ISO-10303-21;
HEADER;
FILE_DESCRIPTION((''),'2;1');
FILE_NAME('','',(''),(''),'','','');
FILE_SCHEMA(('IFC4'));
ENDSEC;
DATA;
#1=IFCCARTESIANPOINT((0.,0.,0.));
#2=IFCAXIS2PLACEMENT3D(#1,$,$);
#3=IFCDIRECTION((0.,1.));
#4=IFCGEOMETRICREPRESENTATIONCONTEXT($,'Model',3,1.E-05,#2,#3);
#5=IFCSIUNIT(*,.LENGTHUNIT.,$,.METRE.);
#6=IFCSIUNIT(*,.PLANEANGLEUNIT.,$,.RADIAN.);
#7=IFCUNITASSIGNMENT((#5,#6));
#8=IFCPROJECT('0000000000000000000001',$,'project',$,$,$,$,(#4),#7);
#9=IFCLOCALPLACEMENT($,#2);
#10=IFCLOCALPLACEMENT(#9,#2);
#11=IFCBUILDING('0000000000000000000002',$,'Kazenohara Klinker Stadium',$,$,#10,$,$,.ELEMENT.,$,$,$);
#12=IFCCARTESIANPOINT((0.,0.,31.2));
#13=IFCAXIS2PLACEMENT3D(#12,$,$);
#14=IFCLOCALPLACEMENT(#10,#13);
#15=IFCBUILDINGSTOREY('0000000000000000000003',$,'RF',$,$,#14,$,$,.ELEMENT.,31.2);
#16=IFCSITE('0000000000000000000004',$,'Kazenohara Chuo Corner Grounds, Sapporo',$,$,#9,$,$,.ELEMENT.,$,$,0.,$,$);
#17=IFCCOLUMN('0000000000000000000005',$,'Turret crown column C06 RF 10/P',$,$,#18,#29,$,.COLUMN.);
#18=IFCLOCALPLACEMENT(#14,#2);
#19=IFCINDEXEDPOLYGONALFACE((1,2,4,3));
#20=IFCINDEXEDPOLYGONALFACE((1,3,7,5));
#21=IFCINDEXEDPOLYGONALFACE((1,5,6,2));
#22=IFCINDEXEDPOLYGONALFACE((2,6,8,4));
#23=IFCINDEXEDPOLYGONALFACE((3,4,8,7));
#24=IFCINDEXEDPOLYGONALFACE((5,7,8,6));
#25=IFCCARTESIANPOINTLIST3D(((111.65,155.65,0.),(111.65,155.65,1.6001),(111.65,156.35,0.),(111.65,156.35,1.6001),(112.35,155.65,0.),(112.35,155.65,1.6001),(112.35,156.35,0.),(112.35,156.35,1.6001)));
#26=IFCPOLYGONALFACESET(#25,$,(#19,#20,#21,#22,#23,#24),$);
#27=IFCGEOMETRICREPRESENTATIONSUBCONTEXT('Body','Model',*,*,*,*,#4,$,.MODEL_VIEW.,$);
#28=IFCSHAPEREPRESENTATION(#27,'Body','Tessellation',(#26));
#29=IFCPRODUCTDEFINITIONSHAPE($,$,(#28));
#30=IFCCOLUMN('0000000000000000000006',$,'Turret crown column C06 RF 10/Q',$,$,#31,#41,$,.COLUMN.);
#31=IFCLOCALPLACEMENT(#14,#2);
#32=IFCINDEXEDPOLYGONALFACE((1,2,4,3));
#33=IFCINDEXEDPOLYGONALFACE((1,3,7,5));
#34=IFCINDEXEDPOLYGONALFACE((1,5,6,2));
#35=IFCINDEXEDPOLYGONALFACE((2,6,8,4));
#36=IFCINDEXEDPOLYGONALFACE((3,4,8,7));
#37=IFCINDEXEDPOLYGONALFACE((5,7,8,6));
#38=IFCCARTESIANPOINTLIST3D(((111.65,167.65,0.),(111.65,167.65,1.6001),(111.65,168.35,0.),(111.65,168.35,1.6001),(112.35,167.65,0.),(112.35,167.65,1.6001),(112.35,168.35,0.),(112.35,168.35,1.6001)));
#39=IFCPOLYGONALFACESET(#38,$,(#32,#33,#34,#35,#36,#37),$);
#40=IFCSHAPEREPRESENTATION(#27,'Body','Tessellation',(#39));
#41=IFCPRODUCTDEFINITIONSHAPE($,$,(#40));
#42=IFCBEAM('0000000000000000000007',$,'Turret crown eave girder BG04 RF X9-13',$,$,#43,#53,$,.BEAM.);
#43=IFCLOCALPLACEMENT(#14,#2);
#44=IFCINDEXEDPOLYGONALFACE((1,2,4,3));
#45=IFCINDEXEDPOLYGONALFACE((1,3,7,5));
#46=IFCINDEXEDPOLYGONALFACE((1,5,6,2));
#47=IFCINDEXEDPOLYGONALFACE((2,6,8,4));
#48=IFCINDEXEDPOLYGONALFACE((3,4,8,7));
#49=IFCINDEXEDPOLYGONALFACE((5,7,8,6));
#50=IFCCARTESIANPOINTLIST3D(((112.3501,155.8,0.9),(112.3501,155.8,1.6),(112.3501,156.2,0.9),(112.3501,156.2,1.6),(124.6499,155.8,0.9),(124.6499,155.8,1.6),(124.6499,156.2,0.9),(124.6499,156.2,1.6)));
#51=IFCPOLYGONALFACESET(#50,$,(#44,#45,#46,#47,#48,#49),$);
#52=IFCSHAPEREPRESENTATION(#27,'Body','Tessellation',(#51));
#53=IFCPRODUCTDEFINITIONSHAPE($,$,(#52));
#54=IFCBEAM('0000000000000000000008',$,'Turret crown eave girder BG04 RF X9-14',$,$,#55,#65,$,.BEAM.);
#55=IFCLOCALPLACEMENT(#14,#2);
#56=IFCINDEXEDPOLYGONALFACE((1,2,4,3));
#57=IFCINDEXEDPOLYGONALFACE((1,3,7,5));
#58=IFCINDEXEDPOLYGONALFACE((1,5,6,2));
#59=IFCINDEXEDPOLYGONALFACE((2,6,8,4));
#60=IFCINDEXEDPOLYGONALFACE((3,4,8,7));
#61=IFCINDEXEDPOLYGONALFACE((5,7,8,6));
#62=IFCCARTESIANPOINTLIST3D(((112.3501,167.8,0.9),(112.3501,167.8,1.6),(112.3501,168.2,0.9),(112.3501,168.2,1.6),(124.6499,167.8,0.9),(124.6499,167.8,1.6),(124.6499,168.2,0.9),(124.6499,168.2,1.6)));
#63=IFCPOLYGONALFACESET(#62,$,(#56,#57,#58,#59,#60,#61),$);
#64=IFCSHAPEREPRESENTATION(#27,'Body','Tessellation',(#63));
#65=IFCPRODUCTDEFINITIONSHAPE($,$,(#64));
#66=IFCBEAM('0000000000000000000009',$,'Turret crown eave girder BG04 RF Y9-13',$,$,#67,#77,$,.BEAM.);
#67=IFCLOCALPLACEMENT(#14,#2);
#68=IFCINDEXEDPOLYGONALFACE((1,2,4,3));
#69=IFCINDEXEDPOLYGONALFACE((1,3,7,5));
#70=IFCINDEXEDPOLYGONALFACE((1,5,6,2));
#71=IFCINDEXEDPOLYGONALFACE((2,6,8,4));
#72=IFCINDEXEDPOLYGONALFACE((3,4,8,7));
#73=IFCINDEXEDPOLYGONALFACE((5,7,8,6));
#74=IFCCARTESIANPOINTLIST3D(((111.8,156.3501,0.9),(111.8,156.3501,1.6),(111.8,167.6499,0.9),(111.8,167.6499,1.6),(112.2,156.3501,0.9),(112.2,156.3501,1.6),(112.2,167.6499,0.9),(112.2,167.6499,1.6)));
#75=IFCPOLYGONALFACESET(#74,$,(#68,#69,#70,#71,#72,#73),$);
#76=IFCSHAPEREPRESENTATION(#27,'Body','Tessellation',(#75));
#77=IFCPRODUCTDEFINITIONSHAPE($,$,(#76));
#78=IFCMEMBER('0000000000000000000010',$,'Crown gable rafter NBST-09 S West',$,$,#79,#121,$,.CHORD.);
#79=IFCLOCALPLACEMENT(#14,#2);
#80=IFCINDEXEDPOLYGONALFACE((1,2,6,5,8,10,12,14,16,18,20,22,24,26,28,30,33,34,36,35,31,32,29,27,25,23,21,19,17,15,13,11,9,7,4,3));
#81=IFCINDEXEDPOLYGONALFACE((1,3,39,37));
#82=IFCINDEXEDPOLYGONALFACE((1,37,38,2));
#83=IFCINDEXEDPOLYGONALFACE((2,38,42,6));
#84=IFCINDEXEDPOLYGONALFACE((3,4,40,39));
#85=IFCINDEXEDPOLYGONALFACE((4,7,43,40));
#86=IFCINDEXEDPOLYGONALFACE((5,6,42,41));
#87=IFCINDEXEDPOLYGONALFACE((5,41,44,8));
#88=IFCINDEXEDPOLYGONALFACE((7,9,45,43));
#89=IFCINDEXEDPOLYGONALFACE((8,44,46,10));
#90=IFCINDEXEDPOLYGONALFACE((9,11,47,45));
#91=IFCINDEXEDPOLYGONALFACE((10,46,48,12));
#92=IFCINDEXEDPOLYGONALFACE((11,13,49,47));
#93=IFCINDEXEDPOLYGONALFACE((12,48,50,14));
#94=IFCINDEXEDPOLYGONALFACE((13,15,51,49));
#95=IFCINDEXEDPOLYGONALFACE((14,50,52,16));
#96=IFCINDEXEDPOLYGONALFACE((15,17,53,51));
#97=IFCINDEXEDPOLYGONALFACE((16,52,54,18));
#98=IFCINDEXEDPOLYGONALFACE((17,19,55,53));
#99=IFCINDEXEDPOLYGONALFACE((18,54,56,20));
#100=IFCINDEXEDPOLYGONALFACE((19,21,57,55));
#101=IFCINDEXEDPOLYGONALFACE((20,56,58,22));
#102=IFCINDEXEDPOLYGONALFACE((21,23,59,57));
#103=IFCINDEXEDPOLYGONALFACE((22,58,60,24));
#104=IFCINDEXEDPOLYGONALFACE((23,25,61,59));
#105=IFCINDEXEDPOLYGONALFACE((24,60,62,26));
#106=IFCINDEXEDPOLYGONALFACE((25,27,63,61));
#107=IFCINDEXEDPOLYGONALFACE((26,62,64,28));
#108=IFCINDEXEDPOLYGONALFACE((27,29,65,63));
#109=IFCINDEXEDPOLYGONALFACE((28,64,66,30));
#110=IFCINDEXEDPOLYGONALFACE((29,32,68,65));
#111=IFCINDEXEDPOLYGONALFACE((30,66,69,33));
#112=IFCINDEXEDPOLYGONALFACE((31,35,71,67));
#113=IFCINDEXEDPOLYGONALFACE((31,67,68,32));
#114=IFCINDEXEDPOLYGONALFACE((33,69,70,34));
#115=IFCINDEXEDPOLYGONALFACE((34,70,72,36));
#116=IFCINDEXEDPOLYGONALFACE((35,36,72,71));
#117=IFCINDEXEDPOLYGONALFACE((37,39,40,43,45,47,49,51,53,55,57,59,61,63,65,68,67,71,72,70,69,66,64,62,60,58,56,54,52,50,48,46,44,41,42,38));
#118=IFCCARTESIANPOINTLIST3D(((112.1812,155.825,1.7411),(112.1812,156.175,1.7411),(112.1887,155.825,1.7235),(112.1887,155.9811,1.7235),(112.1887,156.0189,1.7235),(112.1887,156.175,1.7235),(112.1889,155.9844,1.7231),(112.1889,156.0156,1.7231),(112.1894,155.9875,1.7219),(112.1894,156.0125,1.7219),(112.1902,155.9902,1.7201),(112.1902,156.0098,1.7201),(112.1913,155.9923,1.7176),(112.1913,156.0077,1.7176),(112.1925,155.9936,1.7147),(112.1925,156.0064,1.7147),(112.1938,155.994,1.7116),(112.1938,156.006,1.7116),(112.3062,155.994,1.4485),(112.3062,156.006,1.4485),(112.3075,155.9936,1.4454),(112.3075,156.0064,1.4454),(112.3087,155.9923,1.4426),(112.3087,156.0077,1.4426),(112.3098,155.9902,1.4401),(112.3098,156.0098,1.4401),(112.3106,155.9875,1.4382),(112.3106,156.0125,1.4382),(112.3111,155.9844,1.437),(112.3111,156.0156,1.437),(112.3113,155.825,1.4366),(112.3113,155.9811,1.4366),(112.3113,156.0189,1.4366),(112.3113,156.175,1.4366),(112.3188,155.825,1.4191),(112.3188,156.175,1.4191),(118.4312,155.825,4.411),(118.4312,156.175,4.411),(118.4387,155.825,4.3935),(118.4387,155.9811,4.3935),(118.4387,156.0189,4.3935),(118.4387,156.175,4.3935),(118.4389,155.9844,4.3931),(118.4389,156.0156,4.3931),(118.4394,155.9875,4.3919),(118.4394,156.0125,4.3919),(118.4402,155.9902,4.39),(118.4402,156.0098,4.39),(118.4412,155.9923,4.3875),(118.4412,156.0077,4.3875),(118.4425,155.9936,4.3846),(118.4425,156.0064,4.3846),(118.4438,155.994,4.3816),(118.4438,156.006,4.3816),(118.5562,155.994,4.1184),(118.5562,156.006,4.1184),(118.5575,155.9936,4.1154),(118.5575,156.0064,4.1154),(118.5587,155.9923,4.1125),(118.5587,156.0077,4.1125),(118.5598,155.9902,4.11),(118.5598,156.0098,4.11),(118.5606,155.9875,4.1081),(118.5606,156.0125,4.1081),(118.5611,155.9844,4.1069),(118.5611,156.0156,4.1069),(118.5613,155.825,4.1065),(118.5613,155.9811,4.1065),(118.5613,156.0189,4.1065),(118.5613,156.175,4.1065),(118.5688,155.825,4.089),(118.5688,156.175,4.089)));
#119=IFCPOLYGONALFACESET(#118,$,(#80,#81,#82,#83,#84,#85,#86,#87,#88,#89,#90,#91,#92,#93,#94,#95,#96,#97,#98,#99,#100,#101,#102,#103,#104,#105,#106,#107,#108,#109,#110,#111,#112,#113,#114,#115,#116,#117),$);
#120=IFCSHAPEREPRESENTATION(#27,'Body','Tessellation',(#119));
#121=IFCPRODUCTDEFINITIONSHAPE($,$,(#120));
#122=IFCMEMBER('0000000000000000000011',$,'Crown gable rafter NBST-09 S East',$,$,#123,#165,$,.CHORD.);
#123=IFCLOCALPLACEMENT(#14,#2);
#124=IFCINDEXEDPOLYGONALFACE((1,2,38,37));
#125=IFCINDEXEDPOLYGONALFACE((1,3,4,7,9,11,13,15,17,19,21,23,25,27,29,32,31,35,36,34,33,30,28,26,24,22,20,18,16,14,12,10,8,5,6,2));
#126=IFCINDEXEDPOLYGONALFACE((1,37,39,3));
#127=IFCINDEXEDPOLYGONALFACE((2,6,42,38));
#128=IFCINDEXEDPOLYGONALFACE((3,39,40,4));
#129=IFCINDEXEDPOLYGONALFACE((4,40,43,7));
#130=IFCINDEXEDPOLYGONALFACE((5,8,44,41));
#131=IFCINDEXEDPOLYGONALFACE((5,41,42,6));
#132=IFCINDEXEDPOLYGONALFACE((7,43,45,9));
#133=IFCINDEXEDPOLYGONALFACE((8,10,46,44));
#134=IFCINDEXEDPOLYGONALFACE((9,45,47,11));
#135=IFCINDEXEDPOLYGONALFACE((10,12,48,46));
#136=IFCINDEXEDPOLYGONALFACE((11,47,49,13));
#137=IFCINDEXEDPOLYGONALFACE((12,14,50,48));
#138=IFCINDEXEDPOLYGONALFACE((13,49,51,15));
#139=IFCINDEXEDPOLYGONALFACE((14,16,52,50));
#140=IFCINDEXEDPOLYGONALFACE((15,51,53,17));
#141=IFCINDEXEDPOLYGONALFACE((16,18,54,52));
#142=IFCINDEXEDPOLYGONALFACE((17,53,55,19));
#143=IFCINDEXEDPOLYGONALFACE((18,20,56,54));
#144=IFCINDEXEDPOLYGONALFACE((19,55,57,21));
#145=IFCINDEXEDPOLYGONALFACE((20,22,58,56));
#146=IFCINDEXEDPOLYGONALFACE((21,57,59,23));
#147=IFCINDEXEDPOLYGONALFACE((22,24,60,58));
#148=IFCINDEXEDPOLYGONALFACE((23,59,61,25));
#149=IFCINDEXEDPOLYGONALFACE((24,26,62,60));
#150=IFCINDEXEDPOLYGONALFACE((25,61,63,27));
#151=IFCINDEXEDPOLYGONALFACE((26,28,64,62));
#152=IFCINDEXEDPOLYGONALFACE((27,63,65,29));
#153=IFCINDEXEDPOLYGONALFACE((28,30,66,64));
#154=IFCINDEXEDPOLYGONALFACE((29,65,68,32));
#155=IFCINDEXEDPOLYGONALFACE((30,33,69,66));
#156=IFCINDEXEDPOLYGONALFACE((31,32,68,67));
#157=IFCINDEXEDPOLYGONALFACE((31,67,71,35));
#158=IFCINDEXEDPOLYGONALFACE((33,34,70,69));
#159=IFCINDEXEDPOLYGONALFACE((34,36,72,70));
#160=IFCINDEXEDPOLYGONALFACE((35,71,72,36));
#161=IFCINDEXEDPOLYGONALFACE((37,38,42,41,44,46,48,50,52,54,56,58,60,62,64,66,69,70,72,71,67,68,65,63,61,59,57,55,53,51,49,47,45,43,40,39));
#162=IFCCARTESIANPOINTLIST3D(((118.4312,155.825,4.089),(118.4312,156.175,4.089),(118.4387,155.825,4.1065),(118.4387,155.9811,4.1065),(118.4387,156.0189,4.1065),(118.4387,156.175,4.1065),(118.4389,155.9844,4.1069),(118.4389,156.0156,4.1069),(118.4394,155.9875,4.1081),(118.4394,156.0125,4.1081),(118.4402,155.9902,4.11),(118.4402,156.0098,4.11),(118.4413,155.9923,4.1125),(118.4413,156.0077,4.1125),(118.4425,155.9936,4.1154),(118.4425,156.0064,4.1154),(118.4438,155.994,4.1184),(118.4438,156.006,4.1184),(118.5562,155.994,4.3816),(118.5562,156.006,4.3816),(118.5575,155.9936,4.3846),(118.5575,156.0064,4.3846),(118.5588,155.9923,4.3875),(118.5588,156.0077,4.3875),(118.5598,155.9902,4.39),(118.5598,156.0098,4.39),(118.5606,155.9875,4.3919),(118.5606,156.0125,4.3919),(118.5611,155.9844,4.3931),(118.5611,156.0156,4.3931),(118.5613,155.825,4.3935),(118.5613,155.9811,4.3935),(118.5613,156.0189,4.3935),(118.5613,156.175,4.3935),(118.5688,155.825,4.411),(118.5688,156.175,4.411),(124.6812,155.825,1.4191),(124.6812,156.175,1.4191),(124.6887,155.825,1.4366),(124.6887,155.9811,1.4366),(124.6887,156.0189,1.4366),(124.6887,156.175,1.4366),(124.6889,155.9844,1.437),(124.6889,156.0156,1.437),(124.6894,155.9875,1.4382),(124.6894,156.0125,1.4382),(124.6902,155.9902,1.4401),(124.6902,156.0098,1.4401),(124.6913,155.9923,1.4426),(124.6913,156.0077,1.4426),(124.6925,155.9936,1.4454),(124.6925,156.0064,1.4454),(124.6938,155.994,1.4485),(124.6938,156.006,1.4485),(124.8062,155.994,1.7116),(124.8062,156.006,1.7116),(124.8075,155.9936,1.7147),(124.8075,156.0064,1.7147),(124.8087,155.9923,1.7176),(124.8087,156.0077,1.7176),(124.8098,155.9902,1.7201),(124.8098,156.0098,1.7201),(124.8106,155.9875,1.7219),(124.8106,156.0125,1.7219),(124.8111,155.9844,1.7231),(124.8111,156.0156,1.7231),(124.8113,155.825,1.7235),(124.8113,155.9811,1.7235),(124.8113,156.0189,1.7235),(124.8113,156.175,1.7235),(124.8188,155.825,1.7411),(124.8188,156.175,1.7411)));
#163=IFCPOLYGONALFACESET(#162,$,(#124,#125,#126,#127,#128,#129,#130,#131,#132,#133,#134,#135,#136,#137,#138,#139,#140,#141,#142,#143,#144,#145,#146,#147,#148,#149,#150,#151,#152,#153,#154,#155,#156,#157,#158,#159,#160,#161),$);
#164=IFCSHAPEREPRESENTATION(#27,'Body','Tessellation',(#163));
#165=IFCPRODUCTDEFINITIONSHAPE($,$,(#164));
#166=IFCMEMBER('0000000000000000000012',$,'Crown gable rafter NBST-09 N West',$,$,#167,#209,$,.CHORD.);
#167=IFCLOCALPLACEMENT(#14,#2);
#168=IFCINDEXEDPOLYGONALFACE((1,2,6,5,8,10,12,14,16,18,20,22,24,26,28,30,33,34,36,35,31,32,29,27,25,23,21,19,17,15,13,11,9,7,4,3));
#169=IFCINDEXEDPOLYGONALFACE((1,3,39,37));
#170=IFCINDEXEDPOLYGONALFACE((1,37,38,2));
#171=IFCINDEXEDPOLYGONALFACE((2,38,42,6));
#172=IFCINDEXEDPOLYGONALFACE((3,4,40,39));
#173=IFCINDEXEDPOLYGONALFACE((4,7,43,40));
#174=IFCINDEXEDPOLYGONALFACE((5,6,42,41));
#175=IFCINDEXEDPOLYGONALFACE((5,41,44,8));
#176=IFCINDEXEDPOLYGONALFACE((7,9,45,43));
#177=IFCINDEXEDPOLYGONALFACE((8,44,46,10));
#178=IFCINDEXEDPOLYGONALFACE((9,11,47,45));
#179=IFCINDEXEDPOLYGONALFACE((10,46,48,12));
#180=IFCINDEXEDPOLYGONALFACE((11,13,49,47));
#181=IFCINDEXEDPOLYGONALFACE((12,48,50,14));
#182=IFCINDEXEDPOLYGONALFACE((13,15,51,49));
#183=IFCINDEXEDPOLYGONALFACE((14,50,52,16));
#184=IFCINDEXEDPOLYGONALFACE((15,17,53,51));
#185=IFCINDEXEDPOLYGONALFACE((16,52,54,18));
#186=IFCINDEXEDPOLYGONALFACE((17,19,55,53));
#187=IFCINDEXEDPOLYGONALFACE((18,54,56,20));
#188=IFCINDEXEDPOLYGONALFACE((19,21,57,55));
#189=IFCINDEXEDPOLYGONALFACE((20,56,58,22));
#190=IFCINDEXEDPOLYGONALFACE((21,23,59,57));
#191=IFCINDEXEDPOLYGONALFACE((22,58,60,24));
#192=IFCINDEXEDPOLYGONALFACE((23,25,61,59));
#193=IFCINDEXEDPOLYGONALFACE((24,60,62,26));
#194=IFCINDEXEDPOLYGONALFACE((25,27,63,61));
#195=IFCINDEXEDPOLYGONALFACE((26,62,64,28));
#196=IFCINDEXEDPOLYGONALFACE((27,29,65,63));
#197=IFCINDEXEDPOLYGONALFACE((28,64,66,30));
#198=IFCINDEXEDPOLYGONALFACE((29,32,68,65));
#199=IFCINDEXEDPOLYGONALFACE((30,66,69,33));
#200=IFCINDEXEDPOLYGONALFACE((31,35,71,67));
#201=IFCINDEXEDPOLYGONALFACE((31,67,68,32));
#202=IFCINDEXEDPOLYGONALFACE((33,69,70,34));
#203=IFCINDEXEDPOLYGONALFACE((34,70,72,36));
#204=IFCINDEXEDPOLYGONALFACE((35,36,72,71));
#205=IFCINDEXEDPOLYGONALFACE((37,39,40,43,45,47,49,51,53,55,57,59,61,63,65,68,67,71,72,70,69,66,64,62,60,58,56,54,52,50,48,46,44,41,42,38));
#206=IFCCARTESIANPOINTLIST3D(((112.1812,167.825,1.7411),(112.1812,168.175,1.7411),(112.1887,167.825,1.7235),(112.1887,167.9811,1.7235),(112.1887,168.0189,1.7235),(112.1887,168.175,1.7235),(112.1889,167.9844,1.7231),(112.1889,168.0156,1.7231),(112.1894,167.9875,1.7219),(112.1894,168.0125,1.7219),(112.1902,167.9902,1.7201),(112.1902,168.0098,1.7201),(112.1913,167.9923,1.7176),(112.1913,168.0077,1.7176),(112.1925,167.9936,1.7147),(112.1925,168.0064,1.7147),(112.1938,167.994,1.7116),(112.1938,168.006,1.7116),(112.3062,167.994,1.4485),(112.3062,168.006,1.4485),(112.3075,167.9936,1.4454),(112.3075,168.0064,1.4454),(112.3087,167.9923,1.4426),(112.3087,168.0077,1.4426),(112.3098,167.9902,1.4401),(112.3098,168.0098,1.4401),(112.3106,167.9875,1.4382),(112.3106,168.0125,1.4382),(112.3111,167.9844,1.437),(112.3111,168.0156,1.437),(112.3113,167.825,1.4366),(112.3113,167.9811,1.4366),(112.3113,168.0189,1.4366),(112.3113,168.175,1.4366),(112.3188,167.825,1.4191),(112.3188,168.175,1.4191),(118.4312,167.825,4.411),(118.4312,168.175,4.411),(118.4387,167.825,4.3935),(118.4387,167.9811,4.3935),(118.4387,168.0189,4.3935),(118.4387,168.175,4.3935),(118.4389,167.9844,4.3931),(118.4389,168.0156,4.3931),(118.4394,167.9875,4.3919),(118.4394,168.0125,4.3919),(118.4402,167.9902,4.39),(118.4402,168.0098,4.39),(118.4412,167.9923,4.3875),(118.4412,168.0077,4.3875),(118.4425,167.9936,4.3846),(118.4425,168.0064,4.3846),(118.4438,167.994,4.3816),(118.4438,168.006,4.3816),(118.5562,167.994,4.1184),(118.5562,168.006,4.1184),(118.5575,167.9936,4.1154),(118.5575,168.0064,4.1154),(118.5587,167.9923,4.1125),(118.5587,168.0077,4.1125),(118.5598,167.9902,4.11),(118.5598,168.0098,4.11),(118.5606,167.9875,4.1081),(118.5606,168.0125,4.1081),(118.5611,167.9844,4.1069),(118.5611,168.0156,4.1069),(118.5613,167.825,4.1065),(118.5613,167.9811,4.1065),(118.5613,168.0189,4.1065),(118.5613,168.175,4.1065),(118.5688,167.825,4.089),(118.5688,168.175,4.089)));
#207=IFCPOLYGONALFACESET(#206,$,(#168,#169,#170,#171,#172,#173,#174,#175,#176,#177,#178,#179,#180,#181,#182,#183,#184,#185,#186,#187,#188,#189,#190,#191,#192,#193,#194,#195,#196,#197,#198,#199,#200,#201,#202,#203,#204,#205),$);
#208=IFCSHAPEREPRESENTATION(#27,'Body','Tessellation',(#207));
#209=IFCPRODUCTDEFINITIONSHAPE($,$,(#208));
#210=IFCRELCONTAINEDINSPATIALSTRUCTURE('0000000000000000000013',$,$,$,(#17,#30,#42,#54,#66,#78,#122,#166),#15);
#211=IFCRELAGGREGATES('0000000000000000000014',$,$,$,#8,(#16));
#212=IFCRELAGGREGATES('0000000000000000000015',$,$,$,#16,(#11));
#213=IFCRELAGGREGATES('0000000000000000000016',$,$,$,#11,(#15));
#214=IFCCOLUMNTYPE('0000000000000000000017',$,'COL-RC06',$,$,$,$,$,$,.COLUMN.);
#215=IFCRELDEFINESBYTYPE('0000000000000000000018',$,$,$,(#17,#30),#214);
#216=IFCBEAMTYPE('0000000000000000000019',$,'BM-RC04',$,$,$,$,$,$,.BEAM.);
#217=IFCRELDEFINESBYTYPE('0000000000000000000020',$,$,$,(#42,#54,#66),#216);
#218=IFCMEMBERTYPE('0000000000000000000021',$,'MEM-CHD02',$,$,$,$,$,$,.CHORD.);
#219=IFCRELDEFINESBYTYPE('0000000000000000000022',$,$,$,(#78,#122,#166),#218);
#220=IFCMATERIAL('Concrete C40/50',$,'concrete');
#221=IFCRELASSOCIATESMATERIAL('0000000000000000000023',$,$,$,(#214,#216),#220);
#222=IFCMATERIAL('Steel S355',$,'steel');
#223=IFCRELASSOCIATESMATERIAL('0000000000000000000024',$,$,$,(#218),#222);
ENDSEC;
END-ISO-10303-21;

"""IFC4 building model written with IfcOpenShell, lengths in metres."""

from ifc_helpers import new_model, si_unit, direction, frame, origin, origin_2d, place, context, subcontext, project, spatial, rectangle, i_section, extrude, material, material_profile, profile_set, type_object, element, save


model = new_model("IFC4")

# Units and contexts
model_context = context("Model", 3, precision=1e-05, world=origin(), true_north=direction((0.0, 1.0)))
body_context = subcontext(model_context, "Body", "Model", "MODEL_VIEW")
ifc_project = project(units=[si_unit("LENGTHUNIT", "METRE"), si_unit("PLANEANGLEUNIT", "RADIAN")], contexts=[model_context])

# Site, building, storey
site_placement = place(None, origin())
site = spatial("IfcSite", under=ifc_project, at=site_placement, Name="Kazenohara Chuo Corner Grounds, Sapporo", CompositionType="ELEMENT", RefElevation=0.0)
building_placement = place(site_placement, origin())
building = spatial("IfcBuilding", under=site, at=building_placement, Name="Kazenohara Klinker Stadium", CompositionType="ELEMENT")
storey_placement = place(building_placement, frame((0.0, 0.0, 31.2)))
storey = spatial("IfcBuildingStorey", under=building, at=storey_placement, Name="RF", CompositionType="ELEMENT", Elevation=31.2)

# Columns
ifc_material_1 = material(Name="Concrete C40/50", Category="concrete")
ifc_material_profile_1 = material_profile(ifc_material_1, rectangle(XDim=0.7, YDim=0.7, at=origin_2d()), Name="RC-COL-700x700")
ifc_profile_set_1 = profile_set([ifc_material_profile_1], Name="Concrete C40/50")
column_type = type_object("IfcColumnType", Name="COL-RC06", PredefinedType="COLUMN", material=ifc_profile_set_1)
for number, where, z_axis, x_axis, name in (
    (1, (112.0, 156.0, 0.0), (0.0, 0.0, 1.0), (1.0, 0.0, 0.0), "Turret crown column C06 RF 10/P"),
    (2, (112.0, 168.0, 0.0), (0.0, 0.0, 1.0), (1.0, 0.0, 0.0), "Turret crown column C06 RF 10/Q"),
):
    element("IfcColumn", number, at=place(storey_placement, frame(where, z_axis=z_axis, x_axis=x_axis)), inside=storey, type_object=column_type, Name=name, PredefinedType="COLUMN", context=body_context, shape_type="SweptSolid", body=[
        extrude(rectangle(XDim=0.7, YDim=0.7, at=origin_2d()), origin(), (0.0, 0.0, 1.0), 1.6001),
    ])

# Beams
ifc_material_profile_2 = material_profile(ifc_material_1, rectangle(XDim=0.3999, YDim=0.7, at=origin_2d()), Name="RC-BM-400x700")
ifc_profile_set_2 = profile_set([ifc_material_profile_2], Name="Concrete C40/50")
beam_type = type_object("IfcBeamType", Name="BM-RC04", PredefinedType="BEAM", material=ifc_profile_set_2)
for number, where, z_axis, x_axis, name in (
    (3, (112.3501, 156.0, 1.25), (1.0, 0.0, 0.0), (0.0, 1.0, 0.0), "Turret crown eave girder BG04 RF X9-13"),
    (4, (112.3501, 168.0, 1.25), (1.0, 0.0, 0.0), (0.0, 1.0, 0.0), "Turret crown eave girder BG04 RF X9-14"),
):
    element("IfcBeam", number, at=place(storey_placement, frame(where, z_axis=z_axis, x_axis=x_axis)), inside=storey, type_object=beam_type, Name=name, PredefinedType="BEAM", context=body_context, shape_type="SweptSolid", body=[
        extrude(rectangle(XDim=0.3999, YDim=0.7, at=origin_2d()), origin(), (0.0, 0.0, 1.0), 12.2998),
    ])
beam_placement = place(storey_placement, frame((112.0, 156.3501, 1.25), z_axis=(0.0, 1.0, 0.0), x_axis=(-1.0, 0.0, 0.0)))
element("IfcBeam", 5, at=beam_placement, inside=storey, type_object=beam_type, Name="Turret crown eave girder BG04 RF Y9-13", PredefinedType="BEAM", context=body_context, shape_type="SweptSolid", body=[
    extrude(rectangle(XDim=0.3999, YDim=0.7, at=origin_2d()), origin(), (0.0, 0.0, 1.0), 11.2998),
])

# Members
ifc_material_2 = material(Name="Steel S355", Category="steel")
ifc_material_profile_3 = material_profile(ifc_material_2, i_section(OverallWidth=0.3501, OverallDepth=0.3501, WebThickness=0.012, FlangeThickness=0.019, FilletRadius=0.0129, at=origin_2d()), Name="H-350x350x12x19")
ifc_profile_set_3 = profile_set([ifc_material_profile_3], Name="Steel S355")
member_type_1 = type_object("IfcMemberType", Name="MEM-CHD02", PredefinedType="CHORD", material=ifc_profile_set_3)
for number, where, z_axis, x_axis, name in (
    (6, (112.25, 156.0, 1.5801), (0.919605, 0.0, 0.392844), (0.0, 1.0, 0.0), "Crown gable rafter NBST-09 S West"),
    (7, (124.75, 156.0, 1.5801), (-0.919605, 0.0, 0.392844), (0.0, -1.0, 0.0), "Crown gable rafter NBST-09 S East"),
    (8, (112.25, 168.0, 1.5801), (0.919605, 0.0, 0.392844), (0.0, 1.0, 0.0), "Crown gable rafter NBST-09 N West"),
):
    element("IfcMember", number, at=place(storey_placement, frame(where, z_axis=z_axis, x_axis=x_axis)), inside=storey, type_object=member_type_1, Name=name, PredefinedType="CHORD", context=body_context, shape_type="SweptSolid", body=[
        extrude(i_section(OverallWidth=0.3501, OverallDepth=0.3501, WebThickness=0.012, FlangeThickness=0.019, FilletRadius=0.0129, at=origin_2d()), origin(), (0.0, 0.0, 1.0), 6.7964),
    ])

save(model, "model.ifc")
